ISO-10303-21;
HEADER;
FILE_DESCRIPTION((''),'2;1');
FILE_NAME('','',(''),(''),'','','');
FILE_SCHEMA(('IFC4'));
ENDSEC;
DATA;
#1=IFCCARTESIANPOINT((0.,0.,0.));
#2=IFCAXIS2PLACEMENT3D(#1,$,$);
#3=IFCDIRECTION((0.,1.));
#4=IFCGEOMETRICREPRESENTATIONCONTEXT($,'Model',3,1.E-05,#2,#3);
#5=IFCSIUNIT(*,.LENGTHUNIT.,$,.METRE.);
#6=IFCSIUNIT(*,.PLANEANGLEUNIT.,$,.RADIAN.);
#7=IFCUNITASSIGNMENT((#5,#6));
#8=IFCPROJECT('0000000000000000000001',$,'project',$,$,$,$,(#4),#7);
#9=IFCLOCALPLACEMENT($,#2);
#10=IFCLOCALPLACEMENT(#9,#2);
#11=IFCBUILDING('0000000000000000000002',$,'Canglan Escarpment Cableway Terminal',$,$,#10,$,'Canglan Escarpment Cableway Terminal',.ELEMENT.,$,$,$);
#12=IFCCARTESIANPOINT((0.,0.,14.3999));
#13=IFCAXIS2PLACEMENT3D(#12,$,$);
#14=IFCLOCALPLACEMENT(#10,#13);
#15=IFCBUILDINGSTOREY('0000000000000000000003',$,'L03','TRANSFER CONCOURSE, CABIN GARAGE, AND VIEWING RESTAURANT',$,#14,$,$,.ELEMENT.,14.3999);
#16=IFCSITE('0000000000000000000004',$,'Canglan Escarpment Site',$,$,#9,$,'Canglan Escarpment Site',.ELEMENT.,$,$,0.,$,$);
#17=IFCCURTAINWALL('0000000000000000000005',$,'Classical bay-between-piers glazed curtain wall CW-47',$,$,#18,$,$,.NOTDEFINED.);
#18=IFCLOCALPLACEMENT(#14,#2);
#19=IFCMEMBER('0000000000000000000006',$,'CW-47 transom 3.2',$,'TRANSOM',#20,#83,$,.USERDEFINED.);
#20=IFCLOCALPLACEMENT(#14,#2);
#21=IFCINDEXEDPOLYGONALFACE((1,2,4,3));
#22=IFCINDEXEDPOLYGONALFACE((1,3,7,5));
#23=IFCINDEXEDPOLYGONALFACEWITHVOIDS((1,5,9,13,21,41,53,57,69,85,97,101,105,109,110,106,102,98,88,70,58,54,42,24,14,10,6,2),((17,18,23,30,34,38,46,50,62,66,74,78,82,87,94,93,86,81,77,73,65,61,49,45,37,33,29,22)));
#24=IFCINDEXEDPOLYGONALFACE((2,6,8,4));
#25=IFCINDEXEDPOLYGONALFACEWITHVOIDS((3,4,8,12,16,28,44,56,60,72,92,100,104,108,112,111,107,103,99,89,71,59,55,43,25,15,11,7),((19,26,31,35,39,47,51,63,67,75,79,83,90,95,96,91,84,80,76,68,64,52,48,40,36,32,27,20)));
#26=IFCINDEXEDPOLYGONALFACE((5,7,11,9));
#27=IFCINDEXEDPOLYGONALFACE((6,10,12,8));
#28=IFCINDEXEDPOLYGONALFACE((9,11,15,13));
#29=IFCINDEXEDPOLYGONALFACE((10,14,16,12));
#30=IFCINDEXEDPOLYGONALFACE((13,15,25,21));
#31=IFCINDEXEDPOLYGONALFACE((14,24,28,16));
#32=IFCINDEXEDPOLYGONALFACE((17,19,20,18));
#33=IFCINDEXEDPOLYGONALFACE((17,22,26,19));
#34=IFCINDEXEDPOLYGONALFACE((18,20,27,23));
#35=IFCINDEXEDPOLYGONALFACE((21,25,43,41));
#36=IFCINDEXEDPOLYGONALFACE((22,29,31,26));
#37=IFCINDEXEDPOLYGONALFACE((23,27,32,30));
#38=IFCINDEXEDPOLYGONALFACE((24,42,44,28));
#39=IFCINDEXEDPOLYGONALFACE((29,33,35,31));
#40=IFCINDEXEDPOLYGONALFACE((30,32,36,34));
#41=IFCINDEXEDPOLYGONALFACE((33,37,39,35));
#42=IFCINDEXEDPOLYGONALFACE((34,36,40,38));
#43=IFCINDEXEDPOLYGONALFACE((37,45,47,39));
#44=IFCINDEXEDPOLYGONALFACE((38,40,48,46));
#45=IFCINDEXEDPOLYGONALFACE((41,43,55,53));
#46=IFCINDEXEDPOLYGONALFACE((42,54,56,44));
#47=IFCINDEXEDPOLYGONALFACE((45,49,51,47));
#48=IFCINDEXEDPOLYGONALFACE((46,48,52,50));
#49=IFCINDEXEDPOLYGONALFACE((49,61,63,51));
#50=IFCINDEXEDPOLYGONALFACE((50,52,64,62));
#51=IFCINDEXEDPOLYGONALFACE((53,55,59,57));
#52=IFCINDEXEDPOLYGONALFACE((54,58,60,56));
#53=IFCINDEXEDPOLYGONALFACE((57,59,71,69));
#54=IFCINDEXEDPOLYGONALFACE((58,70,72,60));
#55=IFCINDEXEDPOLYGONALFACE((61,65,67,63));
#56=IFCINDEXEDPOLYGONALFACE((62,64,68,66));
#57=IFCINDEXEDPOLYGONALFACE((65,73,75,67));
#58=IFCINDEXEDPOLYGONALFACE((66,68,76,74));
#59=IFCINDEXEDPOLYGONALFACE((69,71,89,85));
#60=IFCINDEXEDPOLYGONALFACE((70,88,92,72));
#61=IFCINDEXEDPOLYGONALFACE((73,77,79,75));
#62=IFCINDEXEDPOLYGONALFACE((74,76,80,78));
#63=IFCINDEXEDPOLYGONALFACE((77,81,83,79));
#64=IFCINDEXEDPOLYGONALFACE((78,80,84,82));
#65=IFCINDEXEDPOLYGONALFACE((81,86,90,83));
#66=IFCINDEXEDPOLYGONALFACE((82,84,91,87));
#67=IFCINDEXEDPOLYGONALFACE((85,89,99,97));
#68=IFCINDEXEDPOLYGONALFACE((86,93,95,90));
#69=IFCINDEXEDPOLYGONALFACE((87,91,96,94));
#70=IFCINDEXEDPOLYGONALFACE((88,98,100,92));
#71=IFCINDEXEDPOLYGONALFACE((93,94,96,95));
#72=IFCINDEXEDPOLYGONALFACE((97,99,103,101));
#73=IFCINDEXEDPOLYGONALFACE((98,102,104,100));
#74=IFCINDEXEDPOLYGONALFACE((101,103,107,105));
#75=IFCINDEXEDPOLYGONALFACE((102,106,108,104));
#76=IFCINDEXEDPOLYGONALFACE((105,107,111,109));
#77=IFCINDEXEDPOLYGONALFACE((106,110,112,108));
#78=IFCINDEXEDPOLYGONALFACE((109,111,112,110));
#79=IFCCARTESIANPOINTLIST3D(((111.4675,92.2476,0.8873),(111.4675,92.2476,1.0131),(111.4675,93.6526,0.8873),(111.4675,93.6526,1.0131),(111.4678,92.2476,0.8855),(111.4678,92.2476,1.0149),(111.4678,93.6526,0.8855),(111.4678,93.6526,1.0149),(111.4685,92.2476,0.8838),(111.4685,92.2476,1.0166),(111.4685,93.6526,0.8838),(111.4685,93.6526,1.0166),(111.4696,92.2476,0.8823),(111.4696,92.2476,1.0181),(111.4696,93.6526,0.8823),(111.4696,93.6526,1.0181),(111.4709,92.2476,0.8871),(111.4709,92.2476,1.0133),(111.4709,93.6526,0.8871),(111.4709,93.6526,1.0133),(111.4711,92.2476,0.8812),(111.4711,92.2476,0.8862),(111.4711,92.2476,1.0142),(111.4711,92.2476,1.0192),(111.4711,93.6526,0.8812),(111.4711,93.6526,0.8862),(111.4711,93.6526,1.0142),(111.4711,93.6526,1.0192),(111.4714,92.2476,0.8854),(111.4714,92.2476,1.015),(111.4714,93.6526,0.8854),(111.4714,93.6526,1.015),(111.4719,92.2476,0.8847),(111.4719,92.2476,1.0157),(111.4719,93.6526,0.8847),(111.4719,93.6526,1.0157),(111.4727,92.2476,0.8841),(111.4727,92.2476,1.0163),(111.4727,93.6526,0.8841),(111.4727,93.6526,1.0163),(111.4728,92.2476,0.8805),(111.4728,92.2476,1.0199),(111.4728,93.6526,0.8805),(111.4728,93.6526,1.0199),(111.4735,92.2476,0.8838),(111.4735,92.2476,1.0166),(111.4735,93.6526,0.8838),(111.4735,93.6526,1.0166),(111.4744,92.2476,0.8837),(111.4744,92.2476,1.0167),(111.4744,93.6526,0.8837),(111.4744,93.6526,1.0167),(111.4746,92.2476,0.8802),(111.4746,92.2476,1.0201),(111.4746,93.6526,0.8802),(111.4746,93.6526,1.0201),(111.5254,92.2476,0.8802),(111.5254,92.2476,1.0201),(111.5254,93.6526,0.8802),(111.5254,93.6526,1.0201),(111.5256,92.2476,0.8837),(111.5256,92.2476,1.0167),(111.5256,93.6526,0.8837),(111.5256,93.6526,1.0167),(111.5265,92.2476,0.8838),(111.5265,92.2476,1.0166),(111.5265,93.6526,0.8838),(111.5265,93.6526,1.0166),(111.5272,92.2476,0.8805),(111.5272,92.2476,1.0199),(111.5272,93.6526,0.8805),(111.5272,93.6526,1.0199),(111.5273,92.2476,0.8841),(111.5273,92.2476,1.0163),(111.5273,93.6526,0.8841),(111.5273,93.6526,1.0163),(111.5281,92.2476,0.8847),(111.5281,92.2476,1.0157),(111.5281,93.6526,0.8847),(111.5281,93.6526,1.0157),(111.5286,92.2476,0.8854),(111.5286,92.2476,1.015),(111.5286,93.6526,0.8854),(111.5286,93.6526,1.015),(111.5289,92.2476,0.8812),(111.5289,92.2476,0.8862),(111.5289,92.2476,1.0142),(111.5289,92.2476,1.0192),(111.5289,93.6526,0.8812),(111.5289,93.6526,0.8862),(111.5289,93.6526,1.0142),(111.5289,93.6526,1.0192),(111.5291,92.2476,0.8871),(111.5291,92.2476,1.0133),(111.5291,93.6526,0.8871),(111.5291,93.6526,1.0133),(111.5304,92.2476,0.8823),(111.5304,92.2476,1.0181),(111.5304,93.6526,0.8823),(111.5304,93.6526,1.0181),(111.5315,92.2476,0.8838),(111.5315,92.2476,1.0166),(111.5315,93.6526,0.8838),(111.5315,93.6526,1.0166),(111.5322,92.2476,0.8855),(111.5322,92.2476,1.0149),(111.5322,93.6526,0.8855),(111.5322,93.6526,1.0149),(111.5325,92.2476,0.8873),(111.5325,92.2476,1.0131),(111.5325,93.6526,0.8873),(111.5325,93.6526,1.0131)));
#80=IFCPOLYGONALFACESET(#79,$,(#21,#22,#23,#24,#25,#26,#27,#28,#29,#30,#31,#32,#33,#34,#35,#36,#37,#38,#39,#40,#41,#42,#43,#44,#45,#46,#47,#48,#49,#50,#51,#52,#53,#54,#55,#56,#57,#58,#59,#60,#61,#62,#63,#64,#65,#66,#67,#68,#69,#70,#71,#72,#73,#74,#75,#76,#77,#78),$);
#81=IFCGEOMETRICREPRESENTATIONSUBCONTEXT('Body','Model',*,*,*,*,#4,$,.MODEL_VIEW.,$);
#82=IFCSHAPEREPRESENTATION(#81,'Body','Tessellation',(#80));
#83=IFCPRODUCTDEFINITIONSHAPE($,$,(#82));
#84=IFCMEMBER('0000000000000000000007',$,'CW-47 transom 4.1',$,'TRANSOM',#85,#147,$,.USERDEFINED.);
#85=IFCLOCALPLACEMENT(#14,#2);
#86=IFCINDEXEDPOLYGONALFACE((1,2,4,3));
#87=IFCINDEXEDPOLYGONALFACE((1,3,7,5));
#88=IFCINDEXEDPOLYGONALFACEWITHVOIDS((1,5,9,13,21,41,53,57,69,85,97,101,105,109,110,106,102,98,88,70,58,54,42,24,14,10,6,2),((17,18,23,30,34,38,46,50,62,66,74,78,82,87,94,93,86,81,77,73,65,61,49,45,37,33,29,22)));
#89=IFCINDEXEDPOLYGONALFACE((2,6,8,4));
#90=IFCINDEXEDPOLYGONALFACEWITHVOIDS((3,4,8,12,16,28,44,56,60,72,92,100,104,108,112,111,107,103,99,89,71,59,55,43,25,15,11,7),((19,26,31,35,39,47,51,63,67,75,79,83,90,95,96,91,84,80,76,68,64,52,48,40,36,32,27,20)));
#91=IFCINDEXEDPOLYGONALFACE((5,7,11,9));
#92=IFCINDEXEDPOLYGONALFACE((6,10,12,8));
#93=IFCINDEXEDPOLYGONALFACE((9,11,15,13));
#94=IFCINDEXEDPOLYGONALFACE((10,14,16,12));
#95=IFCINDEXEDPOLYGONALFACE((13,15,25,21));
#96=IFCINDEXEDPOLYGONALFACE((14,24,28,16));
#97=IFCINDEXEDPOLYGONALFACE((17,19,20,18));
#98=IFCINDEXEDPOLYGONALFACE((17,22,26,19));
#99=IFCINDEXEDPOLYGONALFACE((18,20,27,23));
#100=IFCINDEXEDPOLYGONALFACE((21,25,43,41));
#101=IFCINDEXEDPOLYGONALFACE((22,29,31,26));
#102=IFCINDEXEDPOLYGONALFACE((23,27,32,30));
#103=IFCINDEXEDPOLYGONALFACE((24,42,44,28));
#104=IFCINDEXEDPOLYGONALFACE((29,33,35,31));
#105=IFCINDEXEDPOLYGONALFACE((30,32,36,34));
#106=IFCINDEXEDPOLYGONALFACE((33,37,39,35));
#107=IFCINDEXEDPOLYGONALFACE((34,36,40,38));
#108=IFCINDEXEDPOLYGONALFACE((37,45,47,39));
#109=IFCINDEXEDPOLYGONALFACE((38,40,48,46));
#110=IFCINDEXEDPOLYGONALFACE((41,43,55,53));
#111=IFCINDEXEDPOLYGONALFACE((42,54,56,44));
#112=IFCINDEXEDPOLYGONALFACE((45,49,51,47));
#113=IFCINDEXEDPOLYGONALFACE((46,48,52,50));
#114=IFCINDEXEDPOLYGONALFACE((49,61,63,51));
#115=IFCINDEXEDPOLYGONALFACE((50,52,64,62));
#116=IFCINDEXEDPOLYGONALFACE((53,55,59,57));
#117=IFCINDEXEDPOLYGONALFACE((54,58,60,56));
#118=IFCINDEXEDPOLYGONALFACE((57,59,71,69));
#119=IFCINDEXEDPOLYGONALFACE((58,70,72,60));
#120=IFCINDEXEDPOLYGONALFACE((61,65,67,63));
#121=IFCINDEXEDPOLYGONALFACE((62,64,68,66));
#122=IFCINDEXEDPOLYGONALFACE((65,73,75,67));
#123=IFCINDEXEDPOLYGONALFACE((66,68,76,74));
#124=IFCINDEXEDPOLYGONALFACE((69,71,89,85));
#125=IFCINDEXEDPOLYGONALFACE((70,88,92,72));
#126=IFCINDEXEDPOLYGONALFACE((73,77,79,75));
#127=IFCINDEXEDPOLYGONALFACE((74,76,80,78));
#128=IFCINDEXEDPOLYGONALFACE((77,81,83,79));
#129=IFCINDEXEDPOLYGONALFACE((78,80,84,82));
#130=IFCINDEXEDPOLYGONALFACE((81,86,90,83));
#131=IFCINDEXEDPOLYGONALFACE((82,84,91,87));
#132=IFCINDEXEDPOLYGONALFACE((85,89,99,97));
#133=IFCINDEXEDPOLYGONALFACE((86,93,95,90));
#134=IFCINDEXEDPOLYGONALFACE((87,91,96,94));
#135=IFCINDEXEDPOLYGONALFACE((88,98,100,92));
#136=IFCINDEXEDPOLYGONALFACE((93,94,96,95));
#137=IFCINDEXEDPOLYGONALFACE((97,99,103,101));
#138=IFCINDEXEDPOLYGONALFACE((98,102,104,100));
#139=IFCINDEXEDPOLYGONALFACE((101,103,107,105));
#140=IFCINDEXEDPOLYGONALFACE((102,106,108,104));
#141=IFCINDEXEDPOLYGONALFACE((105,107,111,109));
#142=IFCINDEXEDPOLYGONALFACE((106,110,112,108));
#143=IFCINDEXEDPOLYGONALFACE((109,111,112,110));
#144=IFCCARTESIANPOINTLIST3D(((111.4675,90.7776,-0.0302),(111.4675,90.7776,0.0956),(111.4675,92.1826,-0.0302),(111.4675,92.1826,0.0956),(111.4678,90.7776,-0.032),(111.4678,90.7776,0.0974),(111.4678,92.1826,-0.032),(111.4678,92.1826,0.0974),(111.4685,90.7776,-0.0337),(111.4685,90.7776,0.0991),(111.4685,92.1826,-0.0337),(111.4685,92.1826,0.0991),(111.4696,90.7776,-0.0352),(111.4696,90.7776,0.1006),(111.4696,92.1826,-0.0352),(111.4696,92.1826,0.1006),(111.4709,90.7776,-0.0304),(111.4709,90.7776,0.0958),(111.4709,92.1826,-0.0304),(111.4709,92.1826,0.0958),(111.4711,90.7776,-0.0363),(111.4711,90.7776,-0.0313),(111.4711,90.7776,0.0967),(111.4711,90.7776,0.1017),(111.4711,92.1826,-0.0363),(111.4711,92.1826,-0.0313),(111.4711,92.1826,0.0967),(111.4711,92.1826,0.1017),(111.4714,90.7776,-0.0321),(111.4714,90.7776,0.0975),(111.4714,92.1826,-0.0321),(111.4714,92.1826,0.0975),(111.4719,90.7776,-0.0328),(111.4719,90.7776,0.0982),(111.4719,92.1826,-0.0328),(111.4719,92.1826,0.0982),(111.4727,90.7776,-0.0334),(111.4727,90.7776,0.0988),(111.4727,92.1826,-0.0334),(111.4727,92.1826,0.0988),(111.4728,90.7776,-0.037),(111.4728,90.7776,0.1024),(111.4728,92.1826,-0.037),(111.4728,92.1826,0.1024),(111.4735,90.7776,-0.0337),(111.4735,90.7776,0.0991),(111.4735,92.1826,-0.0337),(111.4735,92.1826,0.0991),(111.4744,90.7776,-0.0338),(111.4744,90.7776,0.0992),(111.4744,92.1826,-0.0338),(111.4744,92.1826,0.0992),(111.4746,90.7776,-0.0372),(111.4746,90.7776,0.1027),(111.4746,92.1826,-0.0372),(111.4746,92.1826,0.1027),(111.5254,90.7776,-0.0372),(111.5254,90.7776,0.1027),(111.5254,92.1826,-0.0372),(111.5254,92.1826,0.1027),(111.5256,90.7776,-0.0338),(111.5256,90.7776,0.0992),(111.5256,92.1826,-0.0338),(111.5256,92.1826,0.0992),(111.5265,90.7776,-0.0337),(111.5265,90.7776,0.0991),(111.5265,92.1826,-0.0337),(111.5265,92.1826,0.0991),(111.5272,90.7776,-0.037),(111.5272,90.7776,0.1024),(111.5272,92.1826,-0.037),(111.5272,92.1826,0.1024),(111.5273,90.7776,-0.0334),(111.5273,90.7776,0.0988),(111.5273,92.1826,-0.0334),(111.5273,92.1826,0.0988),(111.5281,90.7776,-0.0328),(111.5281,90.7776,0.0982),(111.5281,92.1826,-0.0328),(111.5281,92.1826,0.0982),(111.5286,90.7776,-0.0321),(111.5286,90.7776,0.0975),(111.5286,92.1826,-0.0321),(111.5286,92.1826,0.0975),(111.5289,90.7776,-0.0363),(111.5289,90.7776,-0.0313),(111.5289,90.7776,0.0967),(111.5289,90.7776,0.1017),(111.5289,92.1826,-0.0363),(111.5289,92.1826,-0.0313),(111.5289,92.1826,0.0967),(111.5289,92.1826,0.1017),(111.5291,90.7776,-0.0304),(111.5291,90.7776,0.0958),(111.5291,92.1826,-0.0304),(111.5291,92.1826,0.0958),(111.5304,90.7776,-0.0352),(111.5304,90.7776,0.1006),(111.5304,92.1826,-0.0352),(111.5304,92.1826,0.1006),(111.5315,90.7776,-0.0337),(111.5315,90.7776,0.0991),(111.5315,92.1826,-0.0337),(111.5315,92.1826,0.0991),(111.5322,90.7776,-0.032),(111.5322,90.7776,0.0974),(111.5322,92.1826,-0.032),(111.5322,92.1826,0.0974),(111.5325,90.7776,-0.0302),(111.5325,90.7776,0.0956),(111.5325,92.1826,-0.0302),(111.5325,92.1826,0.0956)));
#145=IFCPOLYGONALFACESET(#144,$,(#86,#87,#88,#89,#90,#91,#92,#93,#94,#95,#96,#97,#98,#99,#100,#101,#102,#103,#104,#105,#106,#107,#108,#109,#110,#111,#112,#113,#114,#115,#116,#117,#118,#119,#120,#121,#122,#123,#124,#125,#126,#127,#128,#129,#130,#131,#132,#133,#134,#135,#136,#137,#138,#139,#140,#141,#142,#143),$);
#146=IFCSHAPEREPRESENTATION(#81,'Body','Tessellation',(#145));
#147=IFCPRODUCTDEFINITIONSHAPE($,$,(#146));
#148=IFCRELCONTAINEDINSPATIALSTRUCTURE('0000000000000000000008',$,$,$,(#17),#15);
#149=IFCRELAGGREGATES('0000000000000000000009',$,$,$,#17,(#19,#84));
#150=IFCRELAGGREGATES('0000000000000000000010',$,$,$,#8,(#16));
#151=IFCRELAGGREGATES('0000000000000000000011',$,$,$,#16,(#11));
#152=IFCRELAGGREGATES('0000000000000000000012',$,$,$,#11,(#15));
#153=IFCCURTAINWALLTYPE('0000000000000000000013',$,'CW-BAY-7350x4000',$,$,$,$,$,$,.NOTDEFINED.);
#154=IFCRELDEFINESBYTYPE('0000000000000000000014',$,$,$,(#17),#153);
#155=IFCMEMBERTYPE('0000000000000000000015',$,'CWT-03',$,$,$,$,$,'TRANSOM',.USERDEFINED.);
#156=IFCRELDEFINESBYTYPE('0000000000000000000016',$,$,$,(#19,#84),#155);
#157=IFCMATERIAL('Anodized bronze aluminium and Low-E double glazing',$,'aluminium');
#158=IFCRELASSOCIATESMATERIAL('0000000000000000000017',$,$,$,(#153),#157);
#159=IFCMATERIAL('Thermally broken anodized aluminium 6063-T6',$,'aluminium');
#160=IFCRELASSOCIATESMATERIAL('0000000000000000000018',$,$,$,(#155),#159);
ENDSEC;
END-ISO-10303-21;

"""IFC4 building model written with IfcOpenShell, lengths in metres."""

from ifc_helpers import new_model, si_unit, direction, frame, origin, origin_2d, place, context, subcontext, project, spatial, hollow_rectangle, extrude, material, material_profile, profile_set, type_object, element, aggregate, save


model = new_model("IFC4")

# Units and contexts
model_context = context("Model", 3, precision=1e-05, world=origin(), true_north=direction((0.0, 1.0)))
body_context = subcontext(model_context, "Body", "Model", "MODEL_VIEW")
ifc_project = project(units=[si_unit("LENGTHUNIT", "METRE"), si_unit("PLANEANGLEUNIT", "RADIAN")], contexts=[model_context])

# Site, building, storey
site_placement = place(None, origin())
site = spatial("IfcSite", under=ifc_project, at=site_placement, Name="Canglan Escarpment Site", LongName="Canglan Escarpment Site", CompositionType="ELEMENT", RefElevation=0.0)
building_placement = place(site_placement, origin())
building = spatial("IfcBuilding", under=site, at=building_placement, Name="Canglan Escarpment Cableway Terminal", LongName="Canglan Escarpment Cableway Terminal", CompositionType="ELEMENT")
storey_placement = place(building_placement, frame((0.0, 0.0, 14.3999)))
storey = spatial("IfcBuildingStorey", under=building, at=storey_placement, Name="L03", Description="TRANSFER CONCOURSE, CABIN GARAGE, AND VIEWING RESTAURANT", CompositionType="ELEMENT", Elevation=14.3999)

# Curtain wall, members
ifc_material_1 = material(Name="Anodized bronze aluminium and Low-E double glazing", Category="aluminium")
curtain_wall_type = type_object("IfcCurtainWallType", Name="CW-BAY-7350x4000", PredefinedType="NOTDEFINED", material=ifc_material_1)
curtain_wall_placement = place(storey_placement, origin())
curtain_wall = element("IfcCurtainWall", 1, at=curtain_wall_placement, inside=storey, type_object=curtain_wall_type, Name="Classical bay-between-piers glazed curtain wall CW-47", PredefinedType="NOTDEFINED")
ifc_material_2 = material(Name="Thermally broken anodized aluminium 6063-T6", Category="aluminium")
ifc_material_profile_1 = material_profile(ifc_material_2, hollow_rectangle(XDim=0.0649, YDim=0.1399, WallThickness=0.0034, InnerFilletRadius=0.0034, OuterFilletRadius=0.0071, at=origin_2d()), Name="ALU-TRAN 65x140x3.5")
ifc_profile_set_1 = profile_set([ifc_material_profile_1], Name="Thermally broken anodized aluminium 6063-T6")
member_type_1 = type_object("IfcMemberType", Name="CWT-03", ElementType="TRANSOM", PredefinedType="USERDEFINED", material=ifc_profile_set_1)
member_1_placement = place(storey_placement, frame((111.5, 93.6526, 0.9502), z_axis=(0.0, -1.0, 0.0), x_axis=(1.0, 0.0, 0.0)))
member_1 = element("IfcMember", 2, at=member_1_placement, type_object=member_type_1, Name="CW-47 transom 3.2", ObjectType="TRANSOM", PredefinedType="USERDEFINED", context=body_context, shape_type="SweptSolid", body=[
    extrude(hollow_rectangle(XDim=0.0649, YDim=0.1399, WallThickness=0.0034, InnerFilletRadius=0.0034, OuterFilletRadius=0.0071, at=origin_2d()), origin(), (0.0, 0.0, 1.0), 1.405),
])
member_2_placement = place(storey_placement, frame((111.5, 92.1826, 0.0327), z_axis=(0.0, -1.0, 0.0), x_axis=(1.0, 0.0, 0.0)))
member_2 = element("IfcMember", 3, at=member_2_placement, type_object=member_type_1, Name="CW-47 transom 4.1", ObjectType="TRANSOM", PredefinedType="USERDEFINED", context=body_context, shape_type="SweptSolid", body=[
    extrude(hollow_rectangle(XDim=0.0649, YDim=0.1399, WallThickness=0.0034, InnerFilletRadius=0.0034, OuterFilletRadius=0.0071, at=origin_2d()), origin(), (0.0, 0.0, 1.0), 1.405),
])
aggregate(curtain_wall, [member_1, member_2])

save(model, "model.ifc")
